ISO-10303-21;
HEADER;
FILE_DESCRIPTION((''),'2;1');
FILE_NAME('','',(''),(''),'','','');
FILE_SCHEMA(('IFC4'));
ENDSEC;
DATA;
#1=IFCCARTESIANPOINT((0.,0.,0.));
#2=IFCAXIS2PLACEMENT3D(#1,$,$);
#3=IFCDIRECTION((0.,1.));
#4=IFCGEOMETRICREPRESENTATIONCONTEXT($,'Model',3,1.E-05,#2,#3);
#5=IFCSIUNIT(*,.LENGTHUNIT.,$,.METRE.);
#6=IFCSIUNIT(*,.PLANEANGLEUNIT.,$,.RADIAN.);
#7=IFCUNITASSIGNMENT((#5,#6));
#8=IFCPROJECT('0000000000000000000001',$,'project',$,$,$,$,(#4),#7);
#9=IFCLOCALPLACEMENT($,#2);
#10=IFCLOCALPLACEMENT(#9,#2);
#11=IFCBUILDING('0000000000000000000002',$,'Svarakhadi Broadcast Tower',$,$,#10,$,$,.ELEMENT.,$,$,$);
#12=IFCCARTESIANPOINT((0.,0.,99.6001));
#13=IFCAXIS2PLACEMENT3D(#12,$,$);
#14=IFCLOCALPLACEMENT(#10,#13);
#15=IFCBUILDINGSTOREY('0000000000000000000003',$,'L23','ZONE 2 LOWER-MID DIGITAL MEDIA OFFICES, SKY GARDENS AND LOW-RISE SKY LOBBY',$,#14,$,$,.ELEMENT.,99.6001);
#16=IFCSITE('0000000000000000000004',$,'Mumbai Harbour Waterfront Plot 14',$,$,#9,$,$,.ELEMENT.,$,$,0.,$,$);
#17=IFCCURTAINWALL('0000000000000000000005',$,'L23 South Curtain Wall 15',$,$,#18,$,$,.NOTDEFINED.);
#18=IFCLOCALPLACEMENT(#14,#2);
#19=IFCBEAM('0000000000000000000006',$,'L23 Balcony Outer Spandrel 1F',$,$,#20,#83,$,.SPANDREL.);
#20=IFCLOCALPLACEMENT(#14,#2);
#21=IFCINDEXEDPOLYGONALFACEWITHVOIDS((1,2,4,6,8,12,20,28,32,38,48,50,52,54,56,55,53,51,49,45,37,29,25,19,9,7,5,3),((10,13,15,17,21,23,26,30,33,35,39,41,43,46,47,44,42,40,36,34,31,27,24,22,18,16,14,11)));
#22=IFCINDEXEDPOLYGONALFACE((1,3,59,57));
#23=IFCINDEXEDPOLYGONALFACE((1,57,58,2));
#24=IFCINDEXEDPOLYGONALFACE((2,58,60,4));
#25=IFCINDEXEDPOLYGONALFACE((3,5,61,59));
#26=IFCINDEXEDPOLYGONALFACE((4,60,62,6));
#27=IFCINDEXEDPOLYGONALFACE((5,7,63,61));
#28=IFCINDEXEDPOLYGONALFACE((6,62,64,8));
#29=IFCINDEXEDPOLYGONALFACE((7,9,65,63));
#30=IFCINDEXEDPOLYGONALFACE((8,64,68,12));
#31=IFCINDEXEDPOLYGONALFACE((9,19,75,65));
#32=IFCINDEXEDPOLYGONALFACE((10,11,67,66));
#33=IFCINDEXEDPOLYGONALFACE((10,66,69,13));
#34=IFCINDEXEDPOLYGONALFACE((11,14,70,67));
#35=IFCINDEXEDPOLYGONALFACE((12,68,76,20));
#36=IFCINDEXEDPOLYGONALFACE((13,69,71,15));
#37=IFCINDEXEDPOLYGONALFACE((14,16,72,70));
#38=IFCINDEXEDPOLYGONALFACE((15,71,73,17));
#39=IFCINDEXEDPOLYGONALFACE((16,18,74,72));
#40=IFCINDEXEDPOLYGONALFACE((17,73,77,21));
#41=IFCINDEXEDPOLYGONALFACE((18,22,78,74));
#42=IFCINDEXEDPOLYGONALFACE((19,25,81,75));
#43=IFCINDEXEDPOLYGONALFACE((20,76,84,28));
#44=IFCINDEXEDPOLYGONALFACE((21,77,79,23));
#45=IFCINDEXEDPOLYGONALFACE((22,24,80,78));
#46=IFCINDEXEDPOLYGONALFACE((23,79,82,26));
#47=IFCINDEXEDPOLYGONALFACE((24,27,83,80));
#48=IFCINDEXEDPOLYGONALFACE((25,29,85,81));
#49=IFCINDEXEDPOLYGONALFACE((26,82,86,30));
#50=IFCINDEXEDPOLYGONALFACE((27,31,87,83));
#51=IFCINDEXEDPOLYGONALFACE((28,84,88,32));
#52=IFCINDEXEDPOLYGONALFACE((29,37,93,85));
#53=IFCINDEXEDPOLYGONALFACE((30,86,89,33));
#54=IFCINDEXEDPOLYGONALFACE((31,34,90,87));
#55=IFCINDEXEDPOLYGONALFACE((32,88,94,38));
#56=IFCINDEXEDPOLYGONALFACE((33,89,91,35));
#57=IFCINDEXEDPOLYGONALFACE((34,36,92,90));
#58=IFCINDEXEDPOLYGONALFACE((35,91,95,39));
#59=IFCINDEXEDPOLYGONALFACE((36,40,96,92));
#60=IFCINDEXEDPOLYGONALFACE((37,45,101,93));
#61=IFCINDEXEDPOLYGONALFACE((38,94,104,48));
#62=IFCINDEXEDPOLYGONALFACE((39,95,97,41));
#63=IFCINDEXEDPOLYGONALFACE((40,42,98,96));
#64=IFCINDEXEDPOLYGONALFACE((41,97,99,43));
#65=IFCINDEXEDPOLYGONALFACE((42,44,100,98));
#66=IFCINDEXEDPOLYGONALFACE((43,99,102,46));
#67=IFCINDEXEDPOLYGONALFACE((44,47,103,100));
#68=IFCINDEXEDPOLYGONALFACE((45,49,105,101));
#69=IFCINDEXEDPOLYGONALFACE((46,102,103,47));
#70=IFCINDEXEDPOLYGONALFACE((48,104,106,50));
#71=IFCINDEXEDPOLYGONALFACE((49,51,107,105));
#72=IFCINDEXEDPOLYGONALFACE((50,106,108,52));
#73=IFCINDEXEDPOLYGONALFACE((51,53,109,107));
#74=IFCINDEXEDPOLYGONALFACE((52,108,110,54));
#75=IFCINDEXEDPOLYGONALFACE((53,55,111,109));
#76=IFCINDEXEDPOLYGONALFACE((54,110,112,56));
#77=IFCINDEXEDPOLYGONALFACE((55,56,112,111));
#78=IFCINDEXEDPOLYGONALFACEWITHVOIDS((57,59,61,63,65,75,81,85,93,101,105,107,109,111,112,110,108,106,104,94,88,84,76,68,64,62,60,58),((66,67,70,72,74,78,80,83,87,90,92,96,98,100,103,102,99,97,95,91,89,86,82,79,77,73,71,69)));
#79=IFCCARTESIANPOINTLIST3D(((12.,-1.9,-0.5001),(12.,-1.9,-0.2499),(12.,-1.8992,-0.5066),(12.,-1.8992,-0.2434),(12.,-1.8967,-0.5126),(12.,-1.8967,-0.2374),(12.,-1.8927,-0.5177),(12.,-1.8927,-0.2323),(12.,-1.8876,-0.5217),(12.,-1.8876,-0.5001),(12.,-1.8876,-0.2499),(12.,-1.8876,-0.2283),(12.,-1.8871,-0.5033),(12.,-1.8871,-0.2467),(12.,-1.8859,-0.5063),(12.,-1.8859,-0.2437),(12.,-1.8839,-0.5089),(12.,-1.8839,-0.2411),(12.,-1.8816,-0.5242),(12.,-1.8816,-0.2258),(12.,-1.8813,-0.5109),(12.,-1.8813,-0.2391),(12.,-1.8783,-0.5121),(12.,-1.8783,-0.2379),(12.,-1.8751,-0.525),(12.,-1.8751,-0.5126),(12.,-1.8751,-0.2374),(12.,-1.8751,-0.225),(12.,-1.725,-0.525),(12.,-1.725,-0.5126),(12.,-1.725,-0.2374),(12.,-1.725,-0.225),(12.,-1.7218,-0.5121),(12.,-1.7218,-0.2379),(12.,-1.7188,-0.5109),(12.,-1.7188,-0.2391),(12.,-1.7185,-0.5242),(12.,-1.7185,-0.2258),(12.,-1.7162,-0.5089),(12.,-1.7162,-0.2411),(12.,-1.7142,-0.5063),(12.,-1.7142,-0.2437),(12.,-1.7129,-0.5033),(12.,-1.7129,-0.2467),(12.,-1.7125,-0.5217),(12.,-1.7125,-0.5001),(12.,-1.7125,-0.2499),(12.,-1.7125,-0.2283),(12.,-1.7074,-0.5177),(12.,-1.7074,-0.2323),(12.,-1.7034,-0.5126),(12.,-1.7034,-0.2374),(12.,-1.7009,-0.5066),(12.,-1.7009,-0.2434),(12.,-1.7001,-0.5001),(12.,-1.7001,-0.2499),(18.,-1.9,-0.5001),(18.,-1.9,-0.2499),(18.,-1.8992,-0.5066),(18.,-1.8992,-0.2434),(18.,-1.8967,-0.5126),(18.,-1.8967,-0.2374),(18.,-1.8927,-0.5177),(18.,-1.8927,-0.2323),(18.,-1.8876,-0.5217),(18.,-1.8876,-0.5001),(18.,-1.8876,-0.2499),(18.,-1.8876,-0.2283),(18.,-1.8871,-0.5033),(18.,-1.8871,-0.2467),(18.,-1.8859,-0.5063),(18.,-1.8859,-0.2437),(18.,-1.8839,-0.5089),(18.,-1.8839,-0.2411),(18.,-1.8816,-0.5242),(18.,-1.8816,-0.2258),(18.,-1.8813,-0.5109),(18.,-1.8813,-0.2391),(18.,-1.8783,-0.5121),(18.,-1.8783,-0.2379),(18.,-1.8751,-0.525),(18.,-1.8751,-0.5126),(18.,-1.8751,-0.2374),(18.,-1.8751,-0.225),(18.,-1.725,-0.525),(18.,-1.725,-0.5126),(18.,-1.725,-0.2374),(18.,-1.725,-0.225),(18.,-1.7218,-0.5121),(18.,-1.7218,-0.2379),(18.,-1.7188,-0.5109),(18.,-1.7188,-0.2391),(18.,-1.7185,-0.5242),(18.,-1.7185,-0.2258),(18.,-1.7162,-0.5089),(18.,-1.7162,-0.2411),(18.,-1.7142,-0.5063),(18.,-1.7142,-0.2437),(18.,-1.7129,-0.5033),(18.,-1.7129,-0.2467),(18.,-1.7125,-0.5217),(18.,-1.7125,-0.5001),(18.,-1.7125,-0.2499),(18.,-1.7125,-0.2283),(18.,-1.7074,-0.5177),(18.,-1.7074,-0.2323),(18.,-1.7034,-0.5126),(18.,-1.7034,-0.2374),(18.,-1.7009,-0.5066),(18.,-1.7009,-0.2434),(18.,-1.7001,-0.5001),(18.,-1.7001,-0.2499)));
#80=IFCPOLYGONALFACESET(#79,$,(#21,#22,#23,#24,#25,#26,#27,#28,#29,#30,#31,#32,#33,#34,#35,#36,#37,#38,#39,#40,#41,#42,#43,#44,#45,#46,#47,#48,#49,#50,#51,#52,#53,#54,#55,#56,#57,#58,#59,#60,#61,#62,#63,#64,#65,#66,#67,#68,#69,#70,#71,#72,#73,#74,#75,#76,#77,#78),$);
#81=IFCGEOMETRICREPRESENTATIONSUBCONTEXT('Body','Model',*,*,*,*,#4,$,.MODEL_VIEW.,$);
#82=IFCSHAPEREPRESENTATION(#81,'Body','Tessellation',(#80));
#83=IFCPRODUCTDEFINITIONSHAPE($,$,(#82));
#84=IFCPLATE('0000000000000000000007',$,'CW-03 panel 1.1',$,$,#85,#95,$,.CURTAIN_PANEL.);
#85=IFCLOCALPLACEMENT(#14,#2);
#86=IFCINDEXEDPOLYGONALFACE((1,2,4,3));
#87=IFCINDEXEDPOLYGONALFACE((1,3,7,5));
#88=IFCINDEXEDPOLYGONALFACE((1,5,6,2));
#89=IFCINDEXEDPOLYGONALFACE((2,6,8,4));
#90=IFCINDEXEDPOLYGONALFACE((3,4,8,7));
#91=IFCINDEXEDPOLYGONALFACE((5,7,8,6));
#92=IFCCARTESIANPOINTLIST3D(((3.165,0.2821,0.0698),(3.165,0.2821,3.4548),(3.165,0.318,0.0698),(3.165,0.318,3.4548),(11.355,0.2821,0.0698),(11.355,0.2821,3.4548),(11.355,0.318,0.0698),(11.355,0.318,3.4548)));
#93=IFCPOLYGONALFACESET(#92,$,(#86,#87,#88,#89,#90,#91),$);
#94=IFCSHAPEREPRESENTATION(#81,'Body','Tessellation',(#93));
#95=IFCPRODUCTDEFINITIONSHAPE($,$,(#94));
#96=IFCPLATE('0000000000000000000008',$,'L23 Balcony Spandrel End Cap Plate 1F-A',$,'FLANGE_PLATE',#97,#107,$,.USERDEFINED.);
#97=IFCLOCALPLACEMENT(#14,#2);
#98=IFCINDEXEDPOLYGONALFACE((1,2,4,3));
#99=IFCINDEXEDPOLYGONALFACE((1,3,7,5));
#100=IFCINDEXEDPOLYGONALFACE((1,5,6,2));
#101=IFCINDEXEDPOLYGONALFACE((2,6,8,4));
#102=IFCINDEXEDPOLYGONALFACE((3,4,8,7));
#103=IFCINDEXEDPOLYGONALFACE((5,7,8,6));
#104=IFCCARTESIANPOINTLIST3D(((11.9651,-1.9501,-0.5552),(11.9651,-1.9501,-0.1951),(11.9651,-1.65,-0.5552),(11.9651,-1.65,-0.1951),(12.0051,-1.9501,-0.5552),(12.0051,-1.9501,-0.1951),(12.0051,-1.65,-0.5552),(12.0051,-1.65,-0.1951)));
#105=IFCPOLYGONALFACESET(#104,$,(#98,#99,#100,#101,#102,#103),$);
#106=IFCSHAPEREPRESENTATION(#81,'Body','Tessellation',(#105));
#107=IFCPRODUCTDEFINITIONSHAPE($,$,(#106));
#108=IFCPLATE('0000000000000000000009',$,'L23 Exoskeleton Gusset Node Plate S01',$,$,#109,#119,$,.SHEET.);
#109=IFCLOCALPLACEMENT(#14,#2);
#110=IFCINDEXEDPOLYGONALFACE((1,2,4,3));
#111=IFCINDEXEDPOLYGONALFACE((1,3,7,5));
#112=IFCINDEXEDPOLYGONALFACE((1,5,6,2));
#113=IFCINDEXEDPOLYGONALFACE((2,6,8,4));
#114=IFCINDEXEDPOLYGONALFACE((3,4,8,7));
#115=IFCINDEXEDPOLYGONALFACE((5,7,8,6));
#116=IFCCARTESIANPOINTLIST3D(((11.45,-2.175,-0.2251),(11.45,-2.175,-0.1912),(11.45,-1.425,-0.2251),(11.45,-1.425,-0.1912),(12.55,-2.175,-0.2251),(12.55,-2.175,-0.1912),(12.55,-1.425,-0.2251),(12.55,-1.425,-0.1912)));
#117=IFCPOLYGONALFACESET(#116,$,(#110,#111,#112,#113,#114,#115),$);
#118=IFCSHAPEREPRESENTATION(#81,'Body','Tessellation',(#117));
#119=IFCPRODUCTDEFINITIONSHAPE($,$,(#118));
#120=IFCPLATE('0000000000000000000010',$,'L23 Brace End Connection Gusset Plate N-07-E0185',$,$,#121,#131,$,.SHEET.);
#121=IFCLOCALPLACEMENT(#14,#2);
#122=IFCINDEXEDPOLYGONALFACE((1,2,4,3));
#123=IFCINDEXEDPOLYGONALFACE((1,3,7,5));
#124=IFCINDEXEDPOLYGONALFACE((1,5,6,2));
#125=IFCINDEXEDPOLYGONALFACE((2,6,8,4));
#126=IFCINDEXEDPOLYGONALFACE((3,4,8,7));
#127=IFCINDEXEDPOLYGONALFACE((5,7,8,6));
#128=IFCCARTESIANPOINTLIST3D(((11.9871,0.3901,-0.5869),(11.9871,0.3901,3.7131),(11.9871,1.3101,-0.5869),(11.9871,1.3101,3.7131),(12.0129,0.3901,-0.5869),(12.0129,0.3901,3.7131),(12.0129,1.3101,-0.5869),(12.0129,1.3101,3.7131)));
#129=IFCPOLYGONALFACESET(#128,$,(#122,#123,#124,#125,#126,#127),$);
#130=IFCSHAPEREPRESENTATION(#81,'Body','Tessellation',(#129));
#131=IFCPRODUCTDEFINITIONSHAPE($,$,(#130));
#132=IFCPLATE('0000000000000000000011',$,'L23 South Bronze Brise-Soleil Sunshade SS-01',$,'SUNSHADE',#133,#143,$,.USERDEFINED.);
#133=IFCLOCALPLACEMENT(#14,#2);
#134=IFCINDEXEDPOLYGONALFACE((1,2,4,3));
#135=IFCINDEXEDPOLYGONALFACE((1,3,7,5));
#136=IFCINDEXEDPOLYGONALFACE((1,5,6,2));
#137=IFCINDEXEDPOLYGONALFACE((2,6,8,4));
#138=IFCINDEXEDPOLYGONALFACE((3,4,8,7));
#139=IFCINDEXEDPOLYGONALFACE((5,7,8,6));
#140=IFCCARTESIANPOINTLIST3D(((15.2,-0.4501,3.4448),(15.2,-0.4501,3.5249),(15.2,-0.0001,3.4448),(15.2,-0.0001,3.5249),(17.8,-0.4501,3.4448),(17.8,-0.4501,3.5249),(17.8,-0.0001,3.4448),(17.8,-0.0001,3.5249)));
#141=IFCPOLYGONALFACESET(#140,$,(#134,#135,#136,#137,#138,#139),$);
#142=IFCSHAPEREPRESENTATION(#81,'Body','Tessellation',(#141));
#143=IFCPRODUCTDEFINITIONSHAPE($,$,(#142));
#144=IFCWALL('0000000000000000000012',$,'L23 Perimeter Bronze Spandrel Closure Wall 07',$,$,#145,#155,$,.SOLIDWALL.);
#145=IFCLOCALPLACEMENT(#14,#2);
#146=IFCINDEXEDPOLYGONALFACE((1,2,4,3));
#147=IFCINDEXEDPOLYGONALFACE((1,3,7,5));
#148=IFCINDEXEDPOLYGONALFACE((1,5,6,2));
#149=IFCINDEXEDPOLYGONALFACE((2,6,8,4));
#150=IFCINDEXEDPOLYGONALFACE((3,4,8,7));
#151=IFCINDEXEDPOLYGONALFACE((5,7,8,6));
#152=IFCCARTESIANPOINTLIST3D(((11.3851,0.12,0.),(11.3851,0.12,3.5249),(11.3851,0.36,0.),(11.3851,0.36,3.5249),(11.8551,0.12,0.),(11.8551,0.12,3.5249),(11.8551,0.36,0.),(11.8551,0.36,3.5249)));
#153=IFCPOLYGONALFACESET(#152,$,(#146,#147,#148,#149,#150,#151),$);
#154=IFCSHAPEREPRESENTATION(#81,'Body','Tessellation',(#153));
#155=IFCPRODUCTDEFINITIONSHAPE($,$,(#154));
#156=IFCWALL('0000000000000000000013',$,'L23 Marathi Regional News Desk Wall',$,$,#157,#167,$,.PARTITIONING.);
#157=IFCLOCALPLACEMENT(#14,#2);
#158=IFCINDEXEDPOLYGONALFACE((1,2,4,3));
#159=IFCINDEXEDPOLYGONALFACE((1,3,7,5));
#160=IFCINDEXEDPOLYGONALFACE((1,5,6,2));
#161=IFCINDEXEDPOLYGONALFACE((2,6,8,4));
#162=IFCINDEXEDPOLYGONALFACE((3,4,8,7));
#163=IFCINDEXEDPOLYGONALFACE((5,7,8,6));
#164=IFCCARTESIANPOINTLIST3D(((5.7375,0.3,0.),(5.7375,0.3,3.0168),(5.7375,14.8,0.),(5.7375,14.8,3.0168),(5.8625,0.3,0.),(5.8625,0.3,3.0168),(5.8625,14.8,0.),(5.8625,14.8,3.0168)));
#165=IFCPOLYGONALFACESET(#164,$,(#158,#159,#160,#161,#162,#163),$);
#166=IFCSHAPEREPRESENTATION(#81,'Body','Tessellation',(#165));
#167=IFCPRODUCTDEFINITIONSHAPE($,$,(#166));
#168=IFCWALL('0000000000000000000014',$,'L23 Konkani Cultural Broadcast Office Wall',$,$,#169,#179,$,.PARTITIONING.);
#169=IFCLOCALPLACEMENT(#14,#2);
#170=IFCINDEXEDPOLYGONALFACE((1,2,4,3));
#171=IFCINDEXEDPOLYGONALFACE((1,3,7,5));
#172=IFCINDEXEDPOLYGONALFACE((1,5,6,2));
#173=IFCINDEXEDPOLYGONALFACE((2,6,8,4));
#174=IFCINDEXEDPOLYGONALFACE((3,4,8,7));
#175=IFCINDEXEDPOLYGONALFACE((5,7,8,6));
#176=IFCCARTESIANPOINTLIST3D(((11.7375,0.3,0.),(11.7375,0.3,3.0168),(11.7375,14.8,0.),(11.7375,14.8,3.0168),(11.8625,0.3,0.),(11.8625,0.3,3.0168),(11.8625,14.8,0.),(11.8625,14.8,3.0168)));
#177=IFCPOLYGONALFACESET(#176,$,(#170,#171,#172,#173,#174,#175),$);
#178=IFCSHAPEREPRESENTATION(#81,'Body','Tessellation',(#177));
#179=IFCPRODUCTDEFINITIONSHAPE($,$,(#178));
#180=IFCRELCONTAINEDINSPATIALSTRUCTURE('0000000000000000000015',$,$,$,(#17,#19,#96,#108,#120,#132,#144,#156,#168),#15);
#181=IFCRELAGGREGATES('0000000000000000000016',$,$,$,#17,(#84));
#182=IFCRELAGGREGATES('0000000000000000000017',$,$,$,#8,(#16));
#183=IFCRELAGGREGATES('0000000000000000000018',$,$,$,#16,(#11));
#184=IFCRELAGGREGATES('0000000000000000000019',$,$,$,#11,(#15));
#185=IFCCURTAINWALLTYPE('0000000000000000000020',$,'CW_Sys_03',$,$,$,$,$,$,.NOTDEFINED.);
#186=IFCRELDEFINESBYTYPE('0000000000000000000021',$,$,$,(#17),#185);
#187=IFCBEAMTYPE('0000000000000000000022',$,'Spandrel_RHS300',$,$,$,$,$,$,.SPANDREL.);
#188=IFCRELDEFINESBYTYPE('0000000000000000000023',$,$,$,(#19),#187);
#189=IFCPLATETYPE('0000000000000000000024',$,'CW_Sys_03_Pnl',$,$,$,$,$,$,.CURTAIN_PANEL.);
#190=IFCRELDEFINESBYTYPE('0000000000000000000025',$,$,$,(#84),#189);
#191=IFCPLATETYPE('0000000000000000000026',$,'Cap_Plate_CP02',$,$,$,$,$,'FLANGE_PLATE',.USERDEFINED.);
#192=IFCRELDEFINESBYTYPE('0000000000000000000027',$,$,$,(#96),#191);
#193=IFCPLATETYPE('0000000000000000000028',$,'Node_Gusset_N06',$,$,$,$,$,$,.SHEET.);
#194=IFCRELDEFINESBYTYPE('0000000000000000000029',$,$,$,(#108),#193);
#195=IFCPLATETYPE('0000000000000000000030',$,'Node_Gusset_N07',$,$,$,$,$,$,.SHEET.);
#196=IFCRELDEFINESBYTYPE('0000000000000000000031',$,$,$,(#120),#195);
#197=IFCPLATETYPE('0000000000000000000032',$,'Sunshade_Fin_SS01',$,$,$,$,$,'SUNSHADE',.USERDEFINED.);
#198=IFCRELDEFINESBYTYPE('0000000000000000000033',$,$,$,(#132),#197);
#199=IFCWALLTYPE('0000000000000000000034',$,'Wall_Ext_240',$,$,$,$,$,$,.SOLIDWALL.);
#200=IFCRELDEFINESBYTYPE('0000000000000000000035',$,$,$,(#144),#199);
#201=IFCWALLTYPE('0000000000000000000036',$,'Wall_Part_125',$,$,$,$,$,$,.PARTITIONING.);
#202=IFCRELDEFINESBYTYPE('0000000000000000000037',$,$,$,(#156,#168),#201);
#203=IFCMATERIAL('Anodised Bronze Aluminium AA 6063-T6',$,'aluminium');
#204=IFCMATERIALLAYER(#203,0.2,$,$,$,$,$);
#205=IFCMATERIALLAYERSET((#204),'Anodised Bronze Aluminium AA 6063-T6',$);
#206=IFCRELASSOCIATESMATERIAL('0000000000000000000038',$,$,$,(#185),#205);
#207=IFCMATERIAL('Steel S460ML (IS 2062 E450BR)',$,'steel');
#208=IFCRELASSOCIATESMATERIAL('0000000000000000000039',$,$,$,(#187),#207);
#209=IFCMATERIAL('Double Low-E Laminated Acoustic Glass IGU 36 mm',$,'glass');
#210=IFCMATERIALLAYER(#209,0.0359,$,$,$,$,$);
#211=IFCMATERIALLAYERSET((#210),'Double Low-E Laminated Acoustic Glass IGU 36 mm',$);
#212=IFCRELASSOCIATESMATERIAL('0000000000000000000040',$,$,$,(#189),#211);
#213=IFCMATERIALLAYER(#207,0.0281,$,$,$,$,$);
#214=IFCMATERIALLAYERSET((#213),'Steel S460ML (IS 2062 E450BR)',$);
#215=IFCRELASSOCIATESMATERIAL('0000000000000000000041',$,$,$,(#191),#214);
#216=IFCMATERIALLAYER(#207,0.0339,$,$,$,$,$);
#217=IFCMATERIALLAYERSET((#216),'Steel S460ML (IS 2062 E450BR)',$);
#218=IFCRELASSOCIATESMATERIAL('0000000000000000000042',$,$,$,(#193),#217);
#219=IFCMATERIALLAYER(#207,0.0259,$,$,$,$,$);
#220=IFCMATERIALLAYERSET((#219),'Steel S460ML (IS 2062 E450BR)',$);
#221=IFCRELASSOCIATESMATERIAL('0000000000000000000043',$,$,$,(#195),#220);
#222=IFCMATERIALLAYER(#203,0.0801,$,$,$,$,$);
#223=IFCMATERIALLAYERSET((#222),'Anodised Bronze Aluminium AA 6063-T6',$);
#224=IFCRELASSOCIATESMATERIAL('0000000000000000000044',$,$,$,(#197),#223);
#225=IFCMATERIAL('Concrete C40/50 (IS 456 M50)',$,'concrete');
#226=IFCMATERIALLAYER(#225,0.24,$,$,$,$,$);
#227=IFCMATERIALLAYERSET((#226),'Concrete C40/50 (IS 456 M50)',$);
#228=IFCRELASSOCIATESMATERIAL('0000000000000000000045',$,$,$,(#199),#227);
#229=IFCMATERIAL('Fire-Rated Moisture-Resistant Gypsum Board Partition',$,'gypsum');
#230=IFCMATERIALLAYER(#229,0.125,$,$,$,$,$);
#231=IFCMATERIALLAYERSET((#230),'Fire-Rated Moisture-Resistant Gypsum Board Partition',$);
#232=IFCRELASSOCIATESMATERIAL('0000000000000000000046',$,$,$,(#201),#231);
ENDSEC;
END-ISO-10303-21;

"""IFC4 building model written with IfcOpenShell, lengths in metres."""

from ifc_helpers import new_model, si_unit, direction, frame, frame_2d, origin, origin_2d, place, context, subcontext, project, spatial, rectangle, hollow_rectangle, extrude, material, layer, layer_set, material_profile, profile_set, type_object, element, aggregate, save


model = new_model("IFC4")

# Units and contexts
model_context = context("Model", 3, precision=1e-05, world=origin(), true_north=direction((0.0, 1.0)))
body_context = subcontext(model_context, "Body", "Model", "MODEL_VIEW")
ifc_project = project(units=[si_unit("LENGTHUNIT", "METRE"), si_unit("PLANEANGLEUNIT", "RADIAN")], contexts=[model_context])

# Site, building, storey
site_placement = place(None, origin())
site = spatial("IfcSite", under=ifc_project, at=site_placement, Name="Mumbai Harbour Waterfront Plot 14", CompositionType="ELEMENT", RefElevation=0.0)
building_placement = place(site_placement, origin())
building = spatial("IfcBuilding", under=site, at=building_placement, Name="Svarakhadi Broadcast Tower", CompositionType="ELEMENT")
storey_placement = place(building_placement, frame((0.0, 0.0, 99.6001)))
storey = spatial("IfcBuildingStorey", under=building, at=storey_placement, Name="L23", Description="ZONE 2 LOWER-MID DIGITAL MEDIA OFFICES, SKY GARDENS AND LOW-RISE SKY LOBBY", CompositionType="ELEMENT", Elevation=99.6001)

# Shared definitions
ifc_material_1 = material(Name="Steel S460ML (IS 2062 E450BR)", Category="steel")

# Curtain wall
ifc_material_2 = material(Name="Anodised Bronze Aluminium AA 6063-T6", Category="aluminium")
ifc_layer_1 = layer(ifc_material_2, 0.2)
ifc_layer_set_1 = layer_set([ifc_layer_1], Name="Anodised Bronze Aluminium AA 6063-T6")
curtain_wall_type = type_object("IfcCurtainWallType", Name="CW_Sys_03", PredefinedType="NOTDEFINED", material=ifc_layer_set_1)
curtain_wall_placement = place(storey_placement, origin())
curtain_wall = element("IfcCurtainWall", 1, at=curtain_wall_placement, inside=storey, type_object=curtain_wall_type, Name="L23 South Curtain Wall 15", PredefinedType="NOTDEFINED")

# Beam
ifc_material_profile_1 = material_profile(ifc_material_1, hollow_rectangle(XDim=0.2, YDim=0.3, WallThickness=0.0125, InnerFilletRadius=0.0125, OuterFilletRadius=0.0249, at=origin_2d()), Name="RHS 300x200x12.5")
ifc_profile_set_1 = profile_set([ifc_material_profile_1], Name="Steel S460ML (IS 2062 E450BR)")
beam_type_1 = type_object("IfcBeamType", Name="Spandrel_RHS300", PredefinedType="SPANDREL", material=ifc_profile_set_1)
beam_placement = place(storey_placement, frame((12.0, -1.8, -0.375), z_axis=(1.0, 0.0, 0.0), x_axis=(0.0, 1.0, 0.0)))
element("IfcBeam", 2, at=beam_placement, inside=storey, type_object=beam_type_1, Name="L23 Balcony Outer Spandrel 1F", PredefinedType="SPANDREL", context=body_context, shape_type="SweptSolid", body=[
    extrude(hollow_rectangle(XDim=0.2, YDim=0.3, WallThickness=0.0125, InnerFilletRadius=0.0125, OuterFilletRadius=0.0249, at=origin_2d()), origin(), (0.0, 0.0, 1.0), 6.0),
])

# Plate
ifc_material_3 = material(Name="Double Low-E Laminated Acoustic Glass IGU 36 mm", Category="glass")
ifc_layer_2 = layer(ifc_material_3, 0.0359)
ifc_layer_set_2 = layer_set([ifc_layer_2], Name="Double Low-E Laminated Acoustic Glass IGU 36 mm")
plate_type_1 = type_object("IfcPlateType", Name="CW_Sys_03_Pnl", PredefinedType="CURTAIN_PANEL", material=ifc_layer_set_2)
plate_1_placement = place(storey_placement, frame((7.26, 0.3, 0.0698), z_axis=(0.0, 0.0, 1.0), x_axis=(-1.0, 0.0, 0.0)))
plate_1 = element("IfcPlate", 3, at=plate_1_placement, type_object=plate_type_1, Name="CW-03 panel 1.1", PredefinedType="CURTAIN_PANEL", context=body_context, shape_type="SweptSolid", body=[
    extrude(rectangle(XDim=8.1899, YDim=0.0359, at=origin_2d()), origin(), (0.0, 0.0, 1.0), 3.385),
])
aggregate(curtain_wall, [plate_1])

# Plates
ifc_layer_3 = layer(ifc_material_1, 0.0281)
ifc_layer_set_3 = layer_set([ifc_layer_3], Name="Steel S460ML (IS 2062 E450BR)")
plate_type_2 = type_object("IfcPlateType", Name="Cap_Plate_CP02", ElementType="FLANGE_PLATE", PredefinedType="USERDEFINED", material=ifc_layer_set_3)
plate_2_placement = place(storey_placement, frame((11.9851, -1.8, -0.5552), z_axis=(0.0, 0.0, 1.0), x_axis=(1.0, 0.0, 0.0)))
element("IfcPlate", 4, at=plate_2_placement, inside=storey, type_object=plate_type_2, Name="L23 Balcony Spandrel End Cap Plate 1F-A", ObjectType="FLANGE_PLATE", PredefinedType="USERDEFINED", context=body_context, shape_type="SweptSolid", body=[
    extrude(rectangle(XDim=0.04, YDim=0.3, at=origin_2d()), origin(), (0.0, 0.0, 1.0), 0.3601),
])
ifc_layer_4 = layer(ifc_material_1, 0.0339)
ifc_layer_set_4 = layer_set([ifc_layer_4], Name="Steel S460ML (IS 2062 E450BR)")
plate_type_3 = type_object("IfcPlateType", Name="Node_Gusset_N06", PredefinedType="SHEET", material=ifc_layer_set_4)
plate_3_placement = place(storey_placement, frame((12.0, -1.8, -0.2251), z_axis=(0.0, 0.0, 1.0), x_axis=(1.0, 0.0, 0.0)))
element("IfcPlate", 5, at=plate_3_placement, inside=storey, type_object=plate_type_3, Name="L23 Exoskeleton Gusset Node Plate S01", PredefinedType="SHEET", context=body_context, shape_type="SweptSolid", body=[
    extrude(rectangle(XDim=1.1001, YDim=0.75, at=origin_2d()), origin(), (0.0, 0.0, 1.0), 0.0339),
])
ifc_layer_5 = layer(ifc_material_1, 0.0259)
ifc_layer_set_5 = layer_set([ifc_layer_5], Name="Steel S460ML (IS 2062 E450BR)")
plate_type_4 = type_object("IfcPlateType", Name="Node_Gusset_N07", PredefinedType="SHEET", material=ifc_layer_set_5)
plate_4_placement = place(storey_placement, frame((12.0, 0.8501, -0.5869), z_axis=(0.0, 0.0, 1.0), x_axis=(0.0, 1.0, 0.0)))
element("IfcPlate", 6, at=plate_4_placement, inside=storey, type_object=plate_type_4, Name="L23 Brace End Connection Gusset Plate N-07-E0185", PredefinedType="SHEET", context=body_context, shape_type="SweptSolid", body=[
    extrude(rectangle(XDim=0.9199, YDim=0.0259, at=origin_2d()), origin(), (0.0, 0.0, 1.0), 4.3),
])
ifc_layer_6 = layer(ifc_material_2, 0.0801)
ifc_layer_set_6 = layer_set([ifc_layer_6], Name="Anodised Bronze Aluminium AA 6063-T6")
plate_type_5 = type_object("IfcPlateType", Name="Sunshade_Fin_SS01", ElementType="SUNSHADE", PredefinedType="USERDEFINED", material=ifc_layer_set_6)
plate_5_placement = place(storey_placement, frame((16.5, -0.2251, 3.4448), z_axis=(0.0, 0.0, 1.0), x_axis=(1.0, 0.0, 0.0)))
element("IfcPlate", 7, at=plate_5_placement, inside=storey, type_object=plate_type_5, Name="L23 South Bronze Brise-Soleil Sunshade SS-01", ObjectType="SUNSHADE", PredefinedType="USERDEFINED", context=body_context, shape_type="SweptSolid", body=[
    extrude(rectangle(XDim=2.6001, YDim=0.45, at=origin_2d()), origin(), (0.0, 0.0, 1.0), 0.0801),
])

# Walls
ifc_material_4 = material(Name="Concrete C40/50 (IS 456 M50)", Category="concrete")
ifc_layer_7 = layer(ifc_material_4, 0.24)
ifc_layer_set_7 = layer_set([ifc_layer_7], Name="Concrete C40/50 (IS 456 M50)")
wall_type_1 = type_object("IfcWallType", Name="Wall_Ext_240", PredefinedType="SOLIDWALL", material=ifc_layer_set_7)
wall_1_placement = place(storey_placement, frame((11.855, 0.24, 0.0), z_axis=(0.0, 0.0, 1.0), x_axis=(-1.0, 0.0, 0.0)))
element("IfcWall", 8, at=wall_1_placement, inside=storey, type_object=wall_type_1, Name="L23 Perimeter Bronze Spandrel Closure Wall 07", PredefinedType="SOLIDWALL", context=body_context, shape_type="SweptSolid", body=[
    extrude(rectangle(XDim=0.47, YDim=0.24, at=frame_2d((0.2349, 0.0))), origin(), (0.0, 0.0, 1.0), 3.5249),
])
ifc_material_5 = material(Name="Fire-Rated Moisture-Resistant Gypsum Board Partition", Category="gypsum")
ifc_layer_8 = layer(ifc_material_5, 0.125)
ifc_layer_set_8 = layer_set([ifc_layer_8], Name="Fire-Rated Moisture-Resistant Gypsum Board Partition")
wall_type_2 = type_object("IfcWallType", Name="Wall_Part_125", PredefinedType="PARTITIONING", material=ifc_layer_set_8)
for number, where, z_axis, x_axis, name in (
    (9, (5.8, 0.3, 0.0), (0.0, 0.0, 1.0), (0.0, 1.0, 0.0), "L23 Marathi Regional News Desk Wall"),
    (10, (11.8, 0.3, 0.0), (0.0, 0.0, 1.0), (0.0, 1.0, 0.0), "L23 Konkani Cultural Broadcast Office Wall"),
):
    element("IfcWall", number, at=place(storey_placement, frame(where, z_axis=z_axis, x_axis=x_axis)), inside=storey, type_object=wall_type_2, Name=name, PredefinedType="PARTITIONING", context=body_context, shape_type="SweptSolid", body=[
        extrude(rectangle(XDim=14.5, YDim=0.125, at=frame_2d((7.25, 0.0))), origin(), (0.0, 0.0, 1.0), 3.0168),
    ])

save(model, "model.ifc")
